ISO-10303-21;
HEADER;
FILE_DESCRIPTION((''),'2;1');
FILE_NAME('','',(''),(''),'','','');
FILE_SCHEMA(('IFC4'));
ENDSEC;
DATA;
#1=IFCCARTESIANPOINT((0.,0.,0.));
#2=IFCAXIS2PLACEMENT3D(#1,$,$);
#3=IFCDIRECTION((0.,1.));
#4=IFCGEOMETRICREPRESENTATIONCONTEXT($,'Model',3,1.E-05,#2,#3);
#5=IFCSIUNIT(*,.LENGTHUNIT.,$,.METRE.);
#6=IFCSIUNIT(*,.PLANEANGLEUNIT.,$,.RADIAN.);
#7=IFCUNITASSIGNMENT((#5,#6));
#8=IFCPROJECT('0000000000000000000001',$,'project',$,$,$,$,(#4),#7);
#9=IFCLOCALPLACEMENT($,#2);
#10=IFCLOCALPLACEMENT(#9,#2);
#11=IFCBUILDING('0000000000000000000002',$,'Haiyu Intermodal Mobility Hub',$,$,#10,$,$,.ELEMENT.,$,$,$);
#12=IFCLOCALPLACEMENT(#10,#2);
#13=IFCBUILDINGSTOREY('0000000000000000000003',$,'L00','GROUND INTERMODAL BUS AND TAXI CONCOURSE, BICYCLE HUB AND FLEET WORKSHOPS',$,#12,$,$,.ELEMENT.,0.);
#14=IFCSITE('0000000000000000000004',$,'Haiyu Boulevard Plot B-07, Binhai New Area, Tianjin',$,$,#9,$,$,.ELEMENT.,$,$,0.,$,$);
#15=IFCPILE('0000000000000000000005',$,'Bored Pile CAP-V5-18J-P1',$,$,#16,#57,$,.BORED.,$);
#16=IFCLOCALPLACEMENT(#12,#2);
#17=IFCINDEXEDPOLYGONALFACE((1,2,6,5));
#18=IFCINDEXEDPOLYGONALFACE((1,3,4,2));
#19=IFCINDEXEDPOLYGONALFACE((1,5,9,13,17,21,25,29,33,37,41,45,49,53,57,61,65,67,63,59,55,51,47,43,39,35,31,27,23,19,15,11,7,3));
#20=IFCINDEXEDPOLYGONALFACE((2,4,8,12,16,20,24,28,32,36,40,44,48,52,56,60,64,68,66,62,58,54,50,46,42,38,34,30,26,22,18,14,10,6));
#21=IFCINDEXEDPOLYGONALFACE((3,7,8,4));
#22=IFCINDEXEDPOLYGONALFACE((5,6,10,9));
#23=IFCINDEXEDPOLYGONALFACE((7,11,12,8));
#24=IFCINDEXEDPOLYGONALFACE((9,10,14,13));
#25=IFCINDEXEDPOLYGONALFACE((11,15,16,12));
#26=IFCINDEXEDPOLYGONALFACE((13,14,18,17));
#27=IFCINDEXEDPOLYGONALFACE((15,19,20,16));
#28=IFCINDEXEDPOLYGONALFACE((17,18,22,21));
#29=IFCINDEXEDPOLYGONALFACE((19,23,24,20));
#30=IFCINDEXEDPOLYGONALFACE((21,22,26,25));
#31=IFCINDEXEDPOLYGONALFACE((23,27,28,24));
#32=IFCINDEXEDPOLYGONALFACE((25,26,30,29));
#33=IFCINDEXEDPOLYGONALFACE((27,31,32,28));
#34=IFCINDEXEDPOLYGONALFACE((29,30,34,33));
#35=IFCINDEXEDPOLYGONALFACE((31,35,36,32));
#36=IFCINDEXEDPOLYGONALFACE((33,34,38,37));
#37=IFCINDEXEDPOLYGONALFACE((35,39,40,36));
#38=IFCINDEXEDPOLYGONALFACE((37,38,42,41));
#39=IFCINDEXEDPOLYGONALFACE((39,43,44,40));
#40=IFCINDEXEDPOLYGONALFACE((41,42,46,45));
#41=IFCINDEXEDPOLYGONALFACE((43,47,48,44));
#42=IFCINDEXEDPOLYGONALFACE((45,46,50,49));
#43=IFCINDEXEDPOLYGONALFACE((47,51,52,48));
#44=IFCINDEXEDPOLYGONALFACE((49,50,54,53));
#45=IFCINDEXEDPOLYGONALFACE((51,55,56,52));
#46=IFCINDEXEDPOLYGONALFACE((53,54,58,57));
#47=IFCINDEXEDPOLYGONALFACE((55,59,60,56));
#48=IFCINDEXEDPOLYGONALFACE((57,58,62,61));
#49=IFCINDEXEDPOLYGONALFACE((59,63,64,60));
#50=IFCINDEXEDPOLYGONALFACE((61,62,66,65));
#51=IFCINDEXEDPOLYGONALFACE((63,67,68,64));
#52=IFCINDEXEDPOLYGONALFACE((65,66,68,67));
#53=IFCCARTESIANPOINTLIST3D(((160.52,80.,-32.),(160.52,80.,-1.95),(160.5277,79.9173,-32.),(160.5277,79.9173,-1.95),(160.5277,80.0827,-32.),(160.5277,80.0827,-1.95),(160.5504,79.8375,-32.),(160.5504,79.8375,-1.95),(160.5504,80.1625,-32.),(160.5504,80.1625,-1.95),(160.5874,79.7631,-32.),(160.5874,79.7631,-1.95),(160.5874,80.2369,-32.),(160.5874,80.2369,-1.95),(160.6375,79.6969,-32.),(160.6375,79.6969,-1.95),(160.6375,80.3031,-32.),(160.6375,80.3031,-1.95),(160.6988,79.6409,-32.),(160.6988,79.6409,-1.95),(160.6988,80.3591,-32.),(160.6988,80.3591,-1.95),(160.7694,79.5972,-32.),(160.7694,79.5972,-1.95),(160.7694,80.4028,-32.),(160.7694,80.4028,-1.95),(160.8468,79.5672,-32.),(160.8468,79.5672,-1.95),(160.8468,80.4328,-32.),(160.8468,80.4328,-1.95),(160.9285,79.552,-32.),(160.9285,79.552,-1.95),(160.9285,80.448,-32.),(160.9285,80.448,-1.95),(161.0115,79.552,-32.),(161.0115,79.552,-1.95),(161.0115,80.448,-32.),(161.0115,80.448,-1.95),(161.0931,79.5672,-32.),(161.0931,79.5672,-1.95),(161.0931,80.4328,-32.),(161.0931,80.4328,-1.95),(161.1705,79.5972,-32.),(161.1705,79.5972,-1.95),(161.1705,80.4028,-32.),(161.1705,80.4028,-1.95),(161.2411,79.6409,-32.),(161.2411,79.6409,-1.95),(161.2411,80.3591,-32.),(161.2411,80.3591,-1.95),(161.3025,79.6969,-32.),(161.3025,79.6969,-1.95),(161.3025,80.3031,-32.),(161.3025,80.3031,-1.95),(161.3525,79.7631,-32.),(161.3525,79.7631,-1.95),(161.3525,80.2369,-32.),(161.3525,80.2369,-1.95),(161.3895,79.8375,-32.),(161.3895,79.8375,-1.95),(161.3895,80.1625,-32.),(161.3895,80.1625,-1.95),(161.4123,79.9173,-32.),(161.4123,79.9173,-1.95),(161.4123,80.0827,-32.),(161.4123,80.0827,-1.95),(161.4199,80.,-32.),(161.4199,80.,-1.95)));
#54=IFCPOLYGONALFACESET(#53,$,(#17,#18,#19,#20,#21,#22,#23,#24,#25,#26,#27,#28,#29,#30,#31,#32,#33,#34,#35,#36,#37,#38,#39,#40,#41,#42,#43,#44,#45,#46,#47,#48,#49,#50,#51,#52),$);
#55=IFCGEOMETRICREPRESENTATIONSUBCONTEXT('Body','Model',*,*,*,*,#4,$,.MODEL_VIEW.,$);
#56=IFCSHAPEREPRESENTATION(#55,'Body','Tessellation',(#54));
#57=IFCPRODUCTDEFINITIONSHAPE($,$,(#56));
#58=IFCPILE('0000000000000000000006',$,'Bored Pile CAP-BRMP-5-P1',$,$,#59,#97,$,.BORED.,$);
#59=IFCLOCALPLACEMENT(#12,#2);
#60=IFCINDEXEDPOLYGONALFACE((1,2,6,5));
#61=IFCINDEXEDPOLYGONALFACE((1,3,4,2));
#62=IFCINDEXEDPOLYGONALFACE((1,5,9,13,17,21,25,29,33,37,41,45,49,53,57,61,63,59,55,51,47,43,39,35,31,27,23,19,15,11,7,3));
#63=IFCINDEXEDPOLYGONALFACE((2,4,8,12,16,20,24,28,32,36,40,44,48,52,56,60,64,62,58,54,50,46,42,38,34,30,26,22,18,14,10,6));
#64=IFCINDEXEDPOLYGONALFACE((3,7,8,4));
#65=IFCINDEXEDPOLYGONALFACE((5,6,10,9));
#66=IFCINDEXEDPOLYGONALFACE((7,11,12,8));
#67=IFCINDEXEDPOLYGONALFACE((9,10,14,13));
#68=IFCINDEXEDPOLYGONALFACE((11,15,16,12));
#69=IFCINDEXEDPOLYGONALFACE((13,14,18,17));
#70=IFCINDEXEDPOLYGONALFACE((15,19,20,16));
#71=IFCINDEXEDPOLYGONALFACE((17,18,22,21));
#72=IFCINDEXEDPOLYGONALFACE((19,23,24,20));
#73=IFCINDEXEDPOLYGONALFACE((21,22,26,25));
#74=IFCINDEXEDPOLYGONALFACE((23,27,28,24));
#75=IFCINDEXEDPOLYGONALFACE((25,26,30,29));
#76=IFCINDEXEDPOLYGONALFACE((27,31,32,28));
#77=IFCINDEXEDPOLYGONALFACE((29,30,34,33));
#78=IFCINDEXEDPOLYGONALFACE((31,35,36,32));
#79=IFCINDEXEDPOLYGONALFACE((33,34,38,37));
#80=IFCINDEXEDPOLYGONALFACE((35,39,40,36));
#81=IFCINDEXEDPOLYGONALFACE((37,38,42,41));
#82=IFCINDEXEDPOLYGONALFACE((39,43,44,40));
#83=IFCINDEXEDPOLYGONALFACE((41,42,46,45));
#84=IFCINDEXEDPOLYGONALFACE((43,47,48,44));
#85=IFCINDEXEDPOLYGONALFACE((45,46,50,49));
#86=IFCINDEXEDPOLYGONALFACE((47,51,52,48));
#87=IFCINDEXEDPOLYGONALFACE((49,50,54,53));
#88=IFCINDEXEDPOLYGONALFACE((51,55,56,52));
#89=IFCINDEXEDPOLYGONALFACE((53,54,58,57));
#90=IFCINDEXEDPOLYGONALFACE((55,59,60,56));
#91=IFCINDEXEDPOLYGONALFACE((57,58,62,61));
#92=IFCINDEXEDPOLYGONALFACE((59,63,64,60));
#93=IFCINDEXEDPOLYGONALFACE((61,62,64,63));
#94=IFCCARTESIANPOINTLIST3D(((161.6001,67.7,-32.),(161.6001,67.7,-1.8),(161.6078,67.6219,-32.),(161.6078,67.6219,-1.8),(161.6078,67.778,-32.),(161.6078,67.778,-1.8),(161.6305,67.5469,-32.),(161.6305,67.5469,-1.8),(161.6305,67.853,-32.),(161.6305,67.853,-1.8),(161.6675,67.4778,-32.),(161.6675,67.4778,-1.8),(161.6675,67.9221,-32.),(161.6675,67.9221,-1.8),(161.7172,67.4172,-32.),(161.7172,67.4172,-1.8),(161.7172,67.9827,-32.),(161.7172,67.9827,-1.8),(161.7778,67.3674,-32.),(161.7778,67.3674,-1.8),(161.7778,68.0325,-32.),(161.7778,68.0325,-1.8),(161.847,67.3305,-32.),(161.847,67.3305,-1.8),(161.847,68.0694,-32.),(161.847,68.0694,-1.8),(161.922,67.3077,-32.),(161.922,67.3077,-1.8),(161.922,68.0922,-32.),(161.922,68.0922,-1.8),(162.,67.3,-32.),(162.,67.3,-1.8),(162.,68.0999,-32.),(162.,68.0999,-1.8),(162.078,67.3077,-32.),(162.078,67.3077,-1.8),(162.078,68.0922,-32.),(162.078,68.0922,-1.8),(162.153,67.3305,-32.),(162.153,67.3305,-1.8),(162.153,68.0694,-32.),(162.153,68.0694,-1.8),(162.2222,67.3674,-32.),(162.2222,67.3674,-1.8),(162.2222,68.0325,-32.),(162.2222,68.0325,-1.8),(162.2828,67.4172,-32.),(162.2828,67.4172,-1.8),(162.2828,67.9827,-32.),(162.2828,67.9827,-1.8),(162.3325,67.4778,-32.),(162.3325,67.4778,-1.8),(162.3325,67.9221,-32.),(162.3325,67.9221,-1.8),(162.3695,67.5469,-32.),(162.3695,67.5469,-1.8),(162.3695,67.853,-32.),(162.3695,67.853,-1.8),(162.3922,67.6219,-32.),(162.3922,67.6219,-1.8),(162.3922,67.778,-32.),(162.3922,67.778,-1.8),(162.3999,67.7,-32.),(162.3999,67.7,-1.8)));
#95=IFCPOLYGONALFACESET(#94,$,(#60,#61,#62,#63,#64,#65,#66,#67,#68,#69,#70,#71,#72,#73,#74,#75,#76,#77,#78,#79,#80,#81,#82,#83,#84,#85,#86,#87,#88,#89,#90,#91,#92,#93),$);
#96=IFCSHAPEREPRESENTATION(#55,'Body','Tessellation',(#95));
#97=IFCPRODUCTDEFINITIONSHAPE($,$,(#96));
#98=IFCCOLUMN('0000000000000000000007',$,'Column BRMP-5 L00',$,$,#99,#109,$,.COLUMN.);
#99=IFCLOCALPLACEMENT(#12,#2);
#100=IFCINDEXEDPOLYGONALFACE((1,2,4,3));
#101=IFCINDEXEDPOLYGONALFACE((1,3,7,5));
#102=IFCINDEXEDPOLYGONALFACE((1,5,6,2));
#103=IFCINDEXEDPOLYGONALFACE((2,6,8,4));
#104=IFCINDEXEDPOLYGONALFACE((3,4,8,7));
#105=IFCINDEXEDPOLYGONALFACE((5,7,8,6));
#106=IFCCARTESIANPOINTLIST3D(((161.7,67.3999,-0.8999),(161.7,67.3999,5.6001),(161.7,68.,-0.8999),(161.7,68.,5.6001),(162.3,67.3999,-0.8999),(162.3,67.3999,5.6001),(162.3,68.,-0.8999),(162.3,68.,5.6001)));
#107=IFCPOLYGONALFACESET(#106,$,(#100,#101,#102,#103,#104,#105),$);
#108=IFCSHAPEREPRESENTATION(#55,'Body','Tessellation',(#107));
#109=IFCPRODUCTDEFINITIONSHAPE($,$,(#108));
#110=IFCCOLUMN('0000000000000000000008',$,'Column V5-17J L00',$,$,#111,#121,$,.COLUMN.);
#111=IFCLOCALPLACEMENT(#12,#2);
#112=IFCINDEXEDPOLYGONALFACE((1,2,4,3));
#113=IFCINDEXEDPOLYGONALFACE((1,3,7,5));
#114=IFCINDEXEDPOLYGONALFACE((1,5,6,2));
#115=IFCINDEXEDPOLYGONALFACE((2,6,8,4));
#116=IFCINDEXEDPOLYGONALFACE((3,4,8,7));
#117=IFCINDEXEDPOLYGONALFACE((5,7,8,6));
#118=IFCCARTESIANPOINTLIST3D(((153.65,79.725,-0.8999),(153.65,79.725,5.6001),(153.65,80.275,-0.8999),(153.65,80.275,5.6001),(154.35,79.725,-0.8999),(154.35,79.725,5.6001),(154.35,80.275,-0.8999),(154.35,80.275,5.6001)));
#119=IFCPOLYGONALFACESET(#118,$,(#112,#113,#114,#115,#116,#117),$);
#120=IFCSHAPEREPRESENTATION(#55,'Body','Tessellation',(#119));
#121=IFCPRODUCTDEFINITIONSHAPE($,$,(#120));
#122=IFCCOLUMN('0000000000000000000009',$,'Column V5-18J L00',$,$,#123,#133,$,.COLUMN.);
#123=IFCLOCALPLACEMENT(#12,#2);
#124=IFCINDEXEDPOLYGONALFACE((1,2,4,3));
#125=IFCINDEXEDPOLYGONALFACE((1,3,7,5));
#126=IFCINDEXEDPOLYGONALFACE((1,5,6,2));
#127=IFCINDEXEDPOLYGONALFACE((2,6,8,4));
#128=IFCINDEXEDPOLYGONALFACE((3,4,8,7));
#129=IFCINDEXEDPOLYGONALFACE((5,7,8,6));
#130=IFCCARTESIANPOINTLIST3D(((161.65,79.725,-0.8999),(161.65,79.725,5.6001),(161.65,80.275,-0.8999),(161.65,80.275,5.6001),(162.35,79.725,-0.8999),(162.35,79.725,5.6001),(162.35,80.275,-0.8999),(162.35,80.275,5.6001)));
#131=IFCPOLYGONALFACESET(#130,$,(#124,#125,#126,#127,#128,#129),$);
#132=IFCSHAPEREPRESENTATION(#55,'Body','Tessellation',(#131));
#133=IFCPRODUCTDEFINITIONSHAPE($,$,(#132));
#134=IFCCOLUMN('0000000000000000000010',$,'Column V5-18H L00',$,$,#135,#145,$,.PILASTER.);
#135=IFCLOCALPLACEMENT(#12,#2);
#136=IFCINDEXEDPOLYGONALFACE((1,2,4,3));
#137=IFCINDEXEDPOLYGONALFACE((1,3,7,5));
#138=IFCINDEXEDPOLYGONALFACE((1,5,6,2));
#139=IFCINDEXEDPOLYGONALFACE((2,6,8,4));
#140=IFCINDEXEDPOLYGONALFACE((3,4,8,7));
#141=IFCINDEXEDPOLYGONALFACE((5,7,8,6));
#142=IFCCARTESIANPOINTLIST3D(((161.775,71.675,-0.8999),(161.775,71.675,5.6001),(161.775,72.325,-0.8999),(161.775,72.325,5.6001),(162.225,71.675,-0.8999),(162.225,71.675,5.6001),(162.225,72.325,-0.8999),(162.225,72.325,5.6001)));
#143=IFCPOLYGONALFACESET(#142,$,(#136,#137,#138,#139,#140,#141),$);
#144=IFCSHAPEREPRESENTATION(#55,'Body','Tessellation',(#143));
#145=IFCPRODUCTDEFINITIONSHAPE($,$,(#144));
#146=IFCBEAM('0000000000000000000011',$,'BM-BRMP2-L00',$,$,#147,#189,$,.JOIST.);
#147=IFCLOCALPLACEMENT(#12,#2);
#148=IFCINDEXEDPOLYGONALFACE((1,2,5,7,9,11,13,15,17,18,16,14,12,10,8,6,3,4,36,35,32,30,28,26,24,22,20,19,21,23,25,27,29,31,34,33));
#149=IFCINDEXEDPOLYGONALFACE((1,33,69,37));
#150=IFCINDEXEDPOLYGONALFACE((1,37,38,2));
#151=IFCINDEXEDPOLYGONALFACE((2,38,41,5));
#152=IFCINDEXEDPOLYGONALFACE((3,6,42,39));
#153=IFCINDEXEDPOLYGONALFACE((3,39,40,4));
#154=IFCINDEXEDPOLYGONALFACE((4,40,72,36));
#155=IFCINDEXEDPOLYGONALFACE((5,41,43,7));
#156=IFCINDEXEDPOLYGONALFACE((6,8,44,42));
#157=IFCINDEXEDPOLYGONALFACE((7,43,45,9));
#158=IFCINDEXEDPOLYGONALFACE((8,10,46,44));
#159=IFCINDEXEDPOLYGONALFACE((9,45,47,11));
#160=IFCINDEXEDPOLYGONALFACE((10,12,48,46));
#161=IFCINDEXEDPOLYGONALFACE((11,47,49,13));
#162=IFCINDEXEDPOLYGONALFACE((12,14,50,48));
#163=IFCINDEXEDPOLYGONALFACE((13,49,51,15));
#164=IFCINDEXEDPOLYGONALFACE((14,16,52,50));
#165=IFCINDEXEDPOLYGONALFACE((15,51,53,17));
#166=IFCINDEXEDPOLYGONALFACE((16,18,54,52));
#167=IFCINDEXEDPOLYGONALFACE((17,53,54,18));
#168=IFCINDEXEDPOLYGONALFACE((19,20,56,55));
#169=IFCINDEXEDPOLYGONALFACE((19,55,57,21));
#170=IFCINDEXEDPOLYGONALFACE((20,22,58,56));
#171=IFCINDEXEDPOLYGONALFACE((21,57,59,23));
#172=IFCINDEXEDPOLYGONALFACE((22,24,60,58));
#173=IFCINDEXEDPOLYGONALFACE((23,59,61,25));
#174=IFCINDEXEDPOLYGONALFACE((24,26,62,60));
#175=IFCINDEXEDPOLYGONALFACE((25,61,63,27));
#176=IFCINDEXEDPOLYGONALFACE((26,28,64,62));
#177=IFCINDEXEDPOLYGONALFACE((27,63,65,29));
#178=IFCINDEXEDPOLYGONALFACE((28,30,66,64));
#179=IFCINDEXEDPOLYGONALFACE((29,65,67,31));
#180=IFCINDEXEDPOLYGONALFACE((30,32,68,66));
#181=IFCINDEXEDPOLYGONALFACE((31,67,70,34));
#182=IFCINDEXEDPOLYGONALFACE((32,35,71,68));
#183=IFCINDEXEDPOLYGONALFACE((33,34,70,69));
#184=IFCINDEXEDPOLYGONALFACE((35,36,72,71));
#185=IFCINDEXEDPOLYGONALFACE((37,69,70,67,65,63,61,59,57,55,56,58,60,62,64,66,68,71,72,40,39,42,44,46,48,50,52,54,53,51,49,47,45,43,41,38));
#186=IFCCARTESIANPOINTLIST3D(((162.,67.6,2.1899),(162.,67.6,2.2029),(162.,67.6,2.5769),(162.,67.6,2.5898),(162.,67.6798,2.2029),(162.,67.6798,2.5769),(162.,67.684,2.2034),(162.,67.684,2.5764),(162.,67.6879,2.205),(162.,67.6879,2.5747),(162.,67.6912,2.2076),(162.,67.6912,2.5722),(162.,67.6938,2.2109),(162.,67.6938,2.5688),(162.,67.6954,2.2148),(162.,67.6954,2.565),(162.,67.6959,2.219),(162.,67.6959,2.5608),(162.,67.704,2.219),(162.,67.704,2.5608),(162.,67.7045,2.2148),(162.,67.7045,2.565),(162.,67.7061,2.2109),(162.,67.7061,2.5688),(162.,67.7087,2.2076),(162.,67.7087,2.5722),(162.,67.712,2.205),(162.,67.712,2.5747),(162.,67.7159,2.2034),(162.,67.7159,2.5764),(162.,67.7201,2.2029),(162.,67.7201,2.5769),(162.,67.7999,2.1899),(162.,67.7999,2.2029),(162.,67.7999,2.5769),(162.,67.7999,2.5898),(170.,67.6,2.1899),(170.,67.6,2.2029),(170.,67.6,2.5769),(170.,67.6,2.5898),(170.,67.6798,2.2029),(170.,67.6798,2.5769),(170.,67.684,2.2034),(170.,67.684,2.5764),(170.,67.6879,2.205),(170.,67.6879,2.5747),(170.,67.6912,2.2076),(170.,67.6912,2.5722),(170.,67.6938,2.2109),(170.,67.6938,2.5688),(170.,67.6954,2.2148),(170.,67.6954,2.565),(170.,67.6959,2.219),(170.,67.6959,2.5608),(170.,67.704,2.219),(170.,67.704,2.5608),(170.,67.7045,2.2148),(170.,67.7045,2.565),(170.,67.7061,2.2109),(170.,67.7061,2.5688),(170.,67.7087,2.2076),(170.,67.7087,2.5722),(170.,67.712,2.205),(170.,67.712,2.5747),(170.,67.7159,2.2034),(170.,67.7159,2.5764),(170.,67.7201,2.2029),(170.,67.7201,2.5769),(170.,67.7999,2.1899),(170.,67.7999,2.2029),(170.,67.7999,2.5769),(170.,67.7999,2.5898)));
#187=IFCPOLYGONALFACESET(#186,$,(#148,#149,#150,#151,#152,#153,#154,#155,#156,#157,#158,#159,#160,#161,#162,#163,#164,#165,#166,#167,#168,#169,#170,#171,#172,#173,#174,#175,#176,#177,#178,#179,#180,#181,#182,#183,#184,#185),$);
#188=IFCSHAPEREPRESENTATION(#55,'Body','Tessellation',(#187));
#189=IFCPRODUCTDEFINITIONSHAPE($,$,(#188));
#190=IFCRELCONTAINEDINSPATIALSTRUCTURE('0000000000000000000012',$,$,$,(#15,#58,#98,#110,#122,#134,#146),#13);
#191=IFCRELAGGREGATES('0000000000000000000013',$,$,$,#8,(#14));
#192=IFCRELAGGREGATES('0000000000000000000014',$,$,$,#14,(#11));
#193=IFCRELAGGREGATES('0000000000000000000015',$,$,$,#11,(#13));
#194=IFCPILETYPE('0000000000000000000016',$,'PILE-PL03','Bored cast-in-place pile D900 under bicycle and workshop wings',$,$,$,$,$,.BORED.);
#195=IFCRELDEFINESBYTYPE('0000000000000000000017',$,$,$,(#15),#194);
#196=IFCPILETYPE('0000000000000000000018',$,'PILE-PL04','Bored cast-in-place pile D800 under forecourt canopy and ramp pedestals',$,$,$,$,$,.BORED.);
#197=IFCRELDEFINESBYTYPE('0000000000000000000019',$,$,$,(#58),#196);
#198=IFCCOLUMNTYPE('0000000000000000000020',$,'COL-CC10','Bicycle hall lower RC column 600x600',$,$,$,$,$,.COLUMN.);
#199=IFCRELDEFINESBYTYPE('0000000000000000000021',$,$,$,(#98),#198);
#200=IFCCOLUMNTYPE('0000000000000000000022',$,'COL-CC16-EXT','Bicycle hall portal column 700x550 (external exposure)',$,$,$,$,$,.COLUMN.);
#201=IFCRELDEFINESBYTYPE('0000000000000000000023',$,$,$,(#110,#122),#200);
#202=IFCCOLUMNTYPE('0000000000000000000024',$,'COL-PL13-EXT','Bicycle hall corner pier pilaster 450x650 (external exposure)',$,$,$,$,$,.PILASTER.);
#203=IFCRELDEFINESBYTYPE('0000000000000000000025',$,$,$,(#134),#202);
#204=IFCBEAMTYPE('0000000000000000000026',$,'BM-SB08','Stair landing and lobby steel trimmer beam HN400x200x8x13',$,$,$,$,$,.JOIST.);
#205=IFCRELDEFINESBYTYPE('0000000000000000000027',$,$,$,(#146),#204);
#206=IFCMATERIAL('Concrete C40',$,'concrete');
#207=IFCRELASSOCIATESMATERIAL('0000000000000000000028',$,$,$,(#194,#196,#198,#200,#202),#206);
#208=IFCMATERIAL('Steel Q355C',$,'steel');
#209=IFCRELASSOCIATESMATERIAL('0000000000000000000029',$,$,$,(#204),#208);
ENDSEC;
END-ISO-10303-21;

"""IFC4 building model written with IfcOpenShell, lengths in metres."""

from ifc_helpers import new_model, si_unit, direction, frame, origin, origin_2d, place, context, subcontext, project, spatial, rectangle, circle, i_section, extrude, material, material_profile, profile_set, type_object, element, save


model = new_model("IFC4")

# Units and contexts
model_context = context("Model", 3, precision=1e-05, world=origin(), true_north=direction((0.0, 1.0)))
body_context = subcontext(model_context, "Body", "Model", "MODEL_VIEW")
ifc_project = project(units=[si_unit("LENGTHUNIT", "METRE"), si_unit("PLANEANGLEUNIT", "RADIAN")], contexts=[model_context])

# Site, building, storey
site_placement = place(None, origin())
site = spatial("IfcSite", under=ifc_project, at=site_placement, Name="Haiyu Boulevard Plot B-07, Binhai New Area, Tianjin", CompositionType="ELEMENT", RefElevation=0.0)
building_placement = place(site_placement, origin())
building = spatial("IfcBuilding", under=site, at=building_placement, Name="Haiyu Intermodal Mobility Hub", CompositionType="ELEMENT")
storey_placement = place(building_placement, origin())
storey = spatial("IfcBuildingStorey", under=building, at=storey_placement, Name="L00", Description="GROUND INTERMODAL BUS AND TAXI CONCOURSE, BICYCLE HUB AND FLEET WORKSHOPS", CompositionType="ELEMENT", Elevation=0.0)

# Shared definitions
ifc_material_1 = material(Name="Concrete C40", Category="concrete")

# Piles
ifc_material_profile_1 = material_profile(ifc_material_1, circle(Radius=0.45, at=origin_2d()), Name="PILE-D900")
ifc_profile_set_1 = profile_set([ifc_material_profile_1], Name="Concrete C40")
pile_type_1 = type_object("IfcPileType", Name="PILE-PL03", Description="Bored cast-in-place pile D900 under bicycle and workshop wings", PredefinedType="BORED", material=ifc_profile_set_1)
for number, where, z_axis, x_axis, name in (
    (1, (160.97, 80.0, -1.95), (0.0, 0.0, -1.0), (1.0, 0.0, 0.0), "Bored Pile CAP-V5-18J-P1"),
):
    element("IfcPile", number, at=place(storey_placement, frame(where, z_axis=z_axis, x_axis=x_axis)), inside=storey, type_object=pile_type_1, Name=name, PredefinedType="BORED", context=body_context, shape_type="SweptSolid", body=[
        extrude(circle(Radius=0.45, at=origin_2d()), origin(), (0.0, 0.0, 1.0), 30.05),
    ])
ifc_material_profile_2 = material_profile(ifc_material_1, circle(Radius=0.3999, at=origin_2d()), Name="PILE-D800")
ifc_profile_set_2 = profile_set([ifc_material_profile_2], Name="Concrete C40")
pile_type_2 = type_object("IfcPileType", Name="PILE-PL04", Description="Bored cast-in-place pile D800 under forecourt canopy and ramp pedestals", PredefinedType="BORED", material=ifc_profile_set_2)
pile_1_placement = place(storey_placement, frame((162.0, 67.7, -1.8), z_axis=(0.0, 0.0, -1.0), x_axis=(1.0, 0.0, 0.0)))
element("IfcPile", 2, at=pile_1_placement, inside=storey, type_object=pile_type_2, Name="Bored Pile CAP-BRMP-5-P1", PredefinedType="BORED", context=body_context, shape_type="SweptSolid", body=[
    extrude(circle(Radius=0.3999, at=origin_2d()), origin(), (0.0, 0.0, 1.0), 30.2),
])

# Columns
ifc_material_profile_3 = material_profile(ifc_material_1, rectangle(XDim=0.6001, YDim=0.6001, at=origin_2d()), Name="RC600x600")
ifc_profile_set_3 = profile_set([ifc_material_profile_3], Name="Concrete C40")
column_type_1 = type_object("IfcColumnType", Name="COL-CC10", Description="Bicycle hall lower RC column 600x600", PredefinedType="COLUMN", material=ifc_profile_set_3)
column_1_placement = place(storey_placement, frame((162.0, 67.7, -0.8999), z_axis=(0.0, 0.0, 1.0), x_axis=(1.0, 0.0, 0.0)))
element("IfcColumn", 3, at=column_1_placement, inside=storey, type_object=column_type_1, Name="Column BRMP-5 L00", PredefinedType="COLUMN", context=body_context, shape_type="SweptSolid", body=[
    extrude(rectangle(XDim=0.6001, YDim=0.6001, at=origin_2d()), origin(), (0.0, 0.0, 1.0), 6.5),
])
ifc_material_profile_4 = material_profile(ifc_material_1, rectangle(XDim=0.7, YDim=0.55, at=origin_2d()), Name="C700x550")
ifc_profile_set_4 = profile_set([ifc_material_profile_4], Name="Concrete C40")
column_type_2 = type_object("IfcColumnType", Name="COL-CC16-EXT", Description="Bicycle hall portal column 700x550 (external exposure)", PredefinedType="COLUMN", material=ifc_profile_set_4)
for number, where, z_axis, x_axis, name in (
    (4, (154.0, 80.0, -0.8999), (0.0, 0.0, 1.0), (1.0, 0.0, 0.0), "Column V5-17J L00"),
    (5, (162.0, 80.0, -0.8999), (0.0, 0.0, 1.0), (1.0, 0.0, 0.0), "Column V5-18J L00"),
):
    element("IfcColumn", number, at=place(storey_placement, frame(where, z_axis=z_axis, x_axis=x_axis)), inside=storey, type_object=column_type_2, Name=name, PredefinedType="COLUMN", context=body_context, shape_type="SweptSolid", body=[
        extrude(rectangle(XDim=0.7, YDim=0.55, at=origin_2d()), origin(), (0.0, 0.0, 1.0), 6.5),
    ])
ifc_material_profile_5 = material_profile(ifc_material_1, rectangle(XDim=0.45, YDim=0.6499, at=origin_2d()), Name="C450x650")
ifc_profile_set_5 = profile_set([ifc_material_profile_5], Name="Concrete C40")
column_type_3 = type_object("IfcColumnType", Name="COL-PL13-EXT", Description="Bicycle hall corner pier pilaster 450x650 (external exposure)", PredefinedType="PILASTER", material=ifc_profile_set_5)
column_2_placement = place(storey_placement, frame((162.0, 72.0, -0.8999), z_axis=(0.0, 0.0, 1.0), x_axis=(1.0, 0.0, 0.0)))
element("IfcColumn", 6, at=column_2_placement, inside=storey, type_object=column_type_3, Name="Column V5-18H L00", PredefinedType="PILASTER", context=body_context, shape_type="SweptSolid", body=[
    extrude(rectangle(XDim=0.45, YDim=0.6499, at=origin_2d()), origin(), (0.0, 0.0, 1.0), 6.5),
])

# Beam
ifc_material_2 = material(Name="Steel Q355C", Category="steel")
ifc_material_profile_6 = material_profile(ifc_material_2, i_section(OverallWidth=0.2, OverallDepth=0.3999, WebThickness=0.0081, FlangeThickness=0.0129, FilletRadius=0.0161, at=origin_2d()), Name="HN400x200x8x13")
ifc_profile_set_6 = profile_set([ifc_material_profile_6], Name="Steel Q355C")
beam_type = type_object("IfcBeamType", Name="BM-SB08", Description="Stair landing and lobby steel trimmer beam HN400x200x8x13", PredefinedType="JOIST", material=ifc_profile_set_6)
beam_placement = place(storey_placement, frame((162.0, 67.7, 2.3899), z_axis=(1.0, 0.0, 0.0), x_axis=(0.0, 1.0, 0.0)))
element("IfcBeam", 7, at=beam_placement, inside=storey, type_object=beam_type, Name="BM-BRMP2-L00", PredefinedType="JOIST", context=body_context, shape_type="SweptSolid", body=[
    extrude(i_section(OverallWidth=0.2, OverallDepth=0.3999, WebThickness=0.0081, FlangeThickness=0.0129, FilletRadius=0.0161, at=origin_2d()), origin(), (0.0, 0.0, 1.0), 8.0),
])

save(model, "model.ifc")
